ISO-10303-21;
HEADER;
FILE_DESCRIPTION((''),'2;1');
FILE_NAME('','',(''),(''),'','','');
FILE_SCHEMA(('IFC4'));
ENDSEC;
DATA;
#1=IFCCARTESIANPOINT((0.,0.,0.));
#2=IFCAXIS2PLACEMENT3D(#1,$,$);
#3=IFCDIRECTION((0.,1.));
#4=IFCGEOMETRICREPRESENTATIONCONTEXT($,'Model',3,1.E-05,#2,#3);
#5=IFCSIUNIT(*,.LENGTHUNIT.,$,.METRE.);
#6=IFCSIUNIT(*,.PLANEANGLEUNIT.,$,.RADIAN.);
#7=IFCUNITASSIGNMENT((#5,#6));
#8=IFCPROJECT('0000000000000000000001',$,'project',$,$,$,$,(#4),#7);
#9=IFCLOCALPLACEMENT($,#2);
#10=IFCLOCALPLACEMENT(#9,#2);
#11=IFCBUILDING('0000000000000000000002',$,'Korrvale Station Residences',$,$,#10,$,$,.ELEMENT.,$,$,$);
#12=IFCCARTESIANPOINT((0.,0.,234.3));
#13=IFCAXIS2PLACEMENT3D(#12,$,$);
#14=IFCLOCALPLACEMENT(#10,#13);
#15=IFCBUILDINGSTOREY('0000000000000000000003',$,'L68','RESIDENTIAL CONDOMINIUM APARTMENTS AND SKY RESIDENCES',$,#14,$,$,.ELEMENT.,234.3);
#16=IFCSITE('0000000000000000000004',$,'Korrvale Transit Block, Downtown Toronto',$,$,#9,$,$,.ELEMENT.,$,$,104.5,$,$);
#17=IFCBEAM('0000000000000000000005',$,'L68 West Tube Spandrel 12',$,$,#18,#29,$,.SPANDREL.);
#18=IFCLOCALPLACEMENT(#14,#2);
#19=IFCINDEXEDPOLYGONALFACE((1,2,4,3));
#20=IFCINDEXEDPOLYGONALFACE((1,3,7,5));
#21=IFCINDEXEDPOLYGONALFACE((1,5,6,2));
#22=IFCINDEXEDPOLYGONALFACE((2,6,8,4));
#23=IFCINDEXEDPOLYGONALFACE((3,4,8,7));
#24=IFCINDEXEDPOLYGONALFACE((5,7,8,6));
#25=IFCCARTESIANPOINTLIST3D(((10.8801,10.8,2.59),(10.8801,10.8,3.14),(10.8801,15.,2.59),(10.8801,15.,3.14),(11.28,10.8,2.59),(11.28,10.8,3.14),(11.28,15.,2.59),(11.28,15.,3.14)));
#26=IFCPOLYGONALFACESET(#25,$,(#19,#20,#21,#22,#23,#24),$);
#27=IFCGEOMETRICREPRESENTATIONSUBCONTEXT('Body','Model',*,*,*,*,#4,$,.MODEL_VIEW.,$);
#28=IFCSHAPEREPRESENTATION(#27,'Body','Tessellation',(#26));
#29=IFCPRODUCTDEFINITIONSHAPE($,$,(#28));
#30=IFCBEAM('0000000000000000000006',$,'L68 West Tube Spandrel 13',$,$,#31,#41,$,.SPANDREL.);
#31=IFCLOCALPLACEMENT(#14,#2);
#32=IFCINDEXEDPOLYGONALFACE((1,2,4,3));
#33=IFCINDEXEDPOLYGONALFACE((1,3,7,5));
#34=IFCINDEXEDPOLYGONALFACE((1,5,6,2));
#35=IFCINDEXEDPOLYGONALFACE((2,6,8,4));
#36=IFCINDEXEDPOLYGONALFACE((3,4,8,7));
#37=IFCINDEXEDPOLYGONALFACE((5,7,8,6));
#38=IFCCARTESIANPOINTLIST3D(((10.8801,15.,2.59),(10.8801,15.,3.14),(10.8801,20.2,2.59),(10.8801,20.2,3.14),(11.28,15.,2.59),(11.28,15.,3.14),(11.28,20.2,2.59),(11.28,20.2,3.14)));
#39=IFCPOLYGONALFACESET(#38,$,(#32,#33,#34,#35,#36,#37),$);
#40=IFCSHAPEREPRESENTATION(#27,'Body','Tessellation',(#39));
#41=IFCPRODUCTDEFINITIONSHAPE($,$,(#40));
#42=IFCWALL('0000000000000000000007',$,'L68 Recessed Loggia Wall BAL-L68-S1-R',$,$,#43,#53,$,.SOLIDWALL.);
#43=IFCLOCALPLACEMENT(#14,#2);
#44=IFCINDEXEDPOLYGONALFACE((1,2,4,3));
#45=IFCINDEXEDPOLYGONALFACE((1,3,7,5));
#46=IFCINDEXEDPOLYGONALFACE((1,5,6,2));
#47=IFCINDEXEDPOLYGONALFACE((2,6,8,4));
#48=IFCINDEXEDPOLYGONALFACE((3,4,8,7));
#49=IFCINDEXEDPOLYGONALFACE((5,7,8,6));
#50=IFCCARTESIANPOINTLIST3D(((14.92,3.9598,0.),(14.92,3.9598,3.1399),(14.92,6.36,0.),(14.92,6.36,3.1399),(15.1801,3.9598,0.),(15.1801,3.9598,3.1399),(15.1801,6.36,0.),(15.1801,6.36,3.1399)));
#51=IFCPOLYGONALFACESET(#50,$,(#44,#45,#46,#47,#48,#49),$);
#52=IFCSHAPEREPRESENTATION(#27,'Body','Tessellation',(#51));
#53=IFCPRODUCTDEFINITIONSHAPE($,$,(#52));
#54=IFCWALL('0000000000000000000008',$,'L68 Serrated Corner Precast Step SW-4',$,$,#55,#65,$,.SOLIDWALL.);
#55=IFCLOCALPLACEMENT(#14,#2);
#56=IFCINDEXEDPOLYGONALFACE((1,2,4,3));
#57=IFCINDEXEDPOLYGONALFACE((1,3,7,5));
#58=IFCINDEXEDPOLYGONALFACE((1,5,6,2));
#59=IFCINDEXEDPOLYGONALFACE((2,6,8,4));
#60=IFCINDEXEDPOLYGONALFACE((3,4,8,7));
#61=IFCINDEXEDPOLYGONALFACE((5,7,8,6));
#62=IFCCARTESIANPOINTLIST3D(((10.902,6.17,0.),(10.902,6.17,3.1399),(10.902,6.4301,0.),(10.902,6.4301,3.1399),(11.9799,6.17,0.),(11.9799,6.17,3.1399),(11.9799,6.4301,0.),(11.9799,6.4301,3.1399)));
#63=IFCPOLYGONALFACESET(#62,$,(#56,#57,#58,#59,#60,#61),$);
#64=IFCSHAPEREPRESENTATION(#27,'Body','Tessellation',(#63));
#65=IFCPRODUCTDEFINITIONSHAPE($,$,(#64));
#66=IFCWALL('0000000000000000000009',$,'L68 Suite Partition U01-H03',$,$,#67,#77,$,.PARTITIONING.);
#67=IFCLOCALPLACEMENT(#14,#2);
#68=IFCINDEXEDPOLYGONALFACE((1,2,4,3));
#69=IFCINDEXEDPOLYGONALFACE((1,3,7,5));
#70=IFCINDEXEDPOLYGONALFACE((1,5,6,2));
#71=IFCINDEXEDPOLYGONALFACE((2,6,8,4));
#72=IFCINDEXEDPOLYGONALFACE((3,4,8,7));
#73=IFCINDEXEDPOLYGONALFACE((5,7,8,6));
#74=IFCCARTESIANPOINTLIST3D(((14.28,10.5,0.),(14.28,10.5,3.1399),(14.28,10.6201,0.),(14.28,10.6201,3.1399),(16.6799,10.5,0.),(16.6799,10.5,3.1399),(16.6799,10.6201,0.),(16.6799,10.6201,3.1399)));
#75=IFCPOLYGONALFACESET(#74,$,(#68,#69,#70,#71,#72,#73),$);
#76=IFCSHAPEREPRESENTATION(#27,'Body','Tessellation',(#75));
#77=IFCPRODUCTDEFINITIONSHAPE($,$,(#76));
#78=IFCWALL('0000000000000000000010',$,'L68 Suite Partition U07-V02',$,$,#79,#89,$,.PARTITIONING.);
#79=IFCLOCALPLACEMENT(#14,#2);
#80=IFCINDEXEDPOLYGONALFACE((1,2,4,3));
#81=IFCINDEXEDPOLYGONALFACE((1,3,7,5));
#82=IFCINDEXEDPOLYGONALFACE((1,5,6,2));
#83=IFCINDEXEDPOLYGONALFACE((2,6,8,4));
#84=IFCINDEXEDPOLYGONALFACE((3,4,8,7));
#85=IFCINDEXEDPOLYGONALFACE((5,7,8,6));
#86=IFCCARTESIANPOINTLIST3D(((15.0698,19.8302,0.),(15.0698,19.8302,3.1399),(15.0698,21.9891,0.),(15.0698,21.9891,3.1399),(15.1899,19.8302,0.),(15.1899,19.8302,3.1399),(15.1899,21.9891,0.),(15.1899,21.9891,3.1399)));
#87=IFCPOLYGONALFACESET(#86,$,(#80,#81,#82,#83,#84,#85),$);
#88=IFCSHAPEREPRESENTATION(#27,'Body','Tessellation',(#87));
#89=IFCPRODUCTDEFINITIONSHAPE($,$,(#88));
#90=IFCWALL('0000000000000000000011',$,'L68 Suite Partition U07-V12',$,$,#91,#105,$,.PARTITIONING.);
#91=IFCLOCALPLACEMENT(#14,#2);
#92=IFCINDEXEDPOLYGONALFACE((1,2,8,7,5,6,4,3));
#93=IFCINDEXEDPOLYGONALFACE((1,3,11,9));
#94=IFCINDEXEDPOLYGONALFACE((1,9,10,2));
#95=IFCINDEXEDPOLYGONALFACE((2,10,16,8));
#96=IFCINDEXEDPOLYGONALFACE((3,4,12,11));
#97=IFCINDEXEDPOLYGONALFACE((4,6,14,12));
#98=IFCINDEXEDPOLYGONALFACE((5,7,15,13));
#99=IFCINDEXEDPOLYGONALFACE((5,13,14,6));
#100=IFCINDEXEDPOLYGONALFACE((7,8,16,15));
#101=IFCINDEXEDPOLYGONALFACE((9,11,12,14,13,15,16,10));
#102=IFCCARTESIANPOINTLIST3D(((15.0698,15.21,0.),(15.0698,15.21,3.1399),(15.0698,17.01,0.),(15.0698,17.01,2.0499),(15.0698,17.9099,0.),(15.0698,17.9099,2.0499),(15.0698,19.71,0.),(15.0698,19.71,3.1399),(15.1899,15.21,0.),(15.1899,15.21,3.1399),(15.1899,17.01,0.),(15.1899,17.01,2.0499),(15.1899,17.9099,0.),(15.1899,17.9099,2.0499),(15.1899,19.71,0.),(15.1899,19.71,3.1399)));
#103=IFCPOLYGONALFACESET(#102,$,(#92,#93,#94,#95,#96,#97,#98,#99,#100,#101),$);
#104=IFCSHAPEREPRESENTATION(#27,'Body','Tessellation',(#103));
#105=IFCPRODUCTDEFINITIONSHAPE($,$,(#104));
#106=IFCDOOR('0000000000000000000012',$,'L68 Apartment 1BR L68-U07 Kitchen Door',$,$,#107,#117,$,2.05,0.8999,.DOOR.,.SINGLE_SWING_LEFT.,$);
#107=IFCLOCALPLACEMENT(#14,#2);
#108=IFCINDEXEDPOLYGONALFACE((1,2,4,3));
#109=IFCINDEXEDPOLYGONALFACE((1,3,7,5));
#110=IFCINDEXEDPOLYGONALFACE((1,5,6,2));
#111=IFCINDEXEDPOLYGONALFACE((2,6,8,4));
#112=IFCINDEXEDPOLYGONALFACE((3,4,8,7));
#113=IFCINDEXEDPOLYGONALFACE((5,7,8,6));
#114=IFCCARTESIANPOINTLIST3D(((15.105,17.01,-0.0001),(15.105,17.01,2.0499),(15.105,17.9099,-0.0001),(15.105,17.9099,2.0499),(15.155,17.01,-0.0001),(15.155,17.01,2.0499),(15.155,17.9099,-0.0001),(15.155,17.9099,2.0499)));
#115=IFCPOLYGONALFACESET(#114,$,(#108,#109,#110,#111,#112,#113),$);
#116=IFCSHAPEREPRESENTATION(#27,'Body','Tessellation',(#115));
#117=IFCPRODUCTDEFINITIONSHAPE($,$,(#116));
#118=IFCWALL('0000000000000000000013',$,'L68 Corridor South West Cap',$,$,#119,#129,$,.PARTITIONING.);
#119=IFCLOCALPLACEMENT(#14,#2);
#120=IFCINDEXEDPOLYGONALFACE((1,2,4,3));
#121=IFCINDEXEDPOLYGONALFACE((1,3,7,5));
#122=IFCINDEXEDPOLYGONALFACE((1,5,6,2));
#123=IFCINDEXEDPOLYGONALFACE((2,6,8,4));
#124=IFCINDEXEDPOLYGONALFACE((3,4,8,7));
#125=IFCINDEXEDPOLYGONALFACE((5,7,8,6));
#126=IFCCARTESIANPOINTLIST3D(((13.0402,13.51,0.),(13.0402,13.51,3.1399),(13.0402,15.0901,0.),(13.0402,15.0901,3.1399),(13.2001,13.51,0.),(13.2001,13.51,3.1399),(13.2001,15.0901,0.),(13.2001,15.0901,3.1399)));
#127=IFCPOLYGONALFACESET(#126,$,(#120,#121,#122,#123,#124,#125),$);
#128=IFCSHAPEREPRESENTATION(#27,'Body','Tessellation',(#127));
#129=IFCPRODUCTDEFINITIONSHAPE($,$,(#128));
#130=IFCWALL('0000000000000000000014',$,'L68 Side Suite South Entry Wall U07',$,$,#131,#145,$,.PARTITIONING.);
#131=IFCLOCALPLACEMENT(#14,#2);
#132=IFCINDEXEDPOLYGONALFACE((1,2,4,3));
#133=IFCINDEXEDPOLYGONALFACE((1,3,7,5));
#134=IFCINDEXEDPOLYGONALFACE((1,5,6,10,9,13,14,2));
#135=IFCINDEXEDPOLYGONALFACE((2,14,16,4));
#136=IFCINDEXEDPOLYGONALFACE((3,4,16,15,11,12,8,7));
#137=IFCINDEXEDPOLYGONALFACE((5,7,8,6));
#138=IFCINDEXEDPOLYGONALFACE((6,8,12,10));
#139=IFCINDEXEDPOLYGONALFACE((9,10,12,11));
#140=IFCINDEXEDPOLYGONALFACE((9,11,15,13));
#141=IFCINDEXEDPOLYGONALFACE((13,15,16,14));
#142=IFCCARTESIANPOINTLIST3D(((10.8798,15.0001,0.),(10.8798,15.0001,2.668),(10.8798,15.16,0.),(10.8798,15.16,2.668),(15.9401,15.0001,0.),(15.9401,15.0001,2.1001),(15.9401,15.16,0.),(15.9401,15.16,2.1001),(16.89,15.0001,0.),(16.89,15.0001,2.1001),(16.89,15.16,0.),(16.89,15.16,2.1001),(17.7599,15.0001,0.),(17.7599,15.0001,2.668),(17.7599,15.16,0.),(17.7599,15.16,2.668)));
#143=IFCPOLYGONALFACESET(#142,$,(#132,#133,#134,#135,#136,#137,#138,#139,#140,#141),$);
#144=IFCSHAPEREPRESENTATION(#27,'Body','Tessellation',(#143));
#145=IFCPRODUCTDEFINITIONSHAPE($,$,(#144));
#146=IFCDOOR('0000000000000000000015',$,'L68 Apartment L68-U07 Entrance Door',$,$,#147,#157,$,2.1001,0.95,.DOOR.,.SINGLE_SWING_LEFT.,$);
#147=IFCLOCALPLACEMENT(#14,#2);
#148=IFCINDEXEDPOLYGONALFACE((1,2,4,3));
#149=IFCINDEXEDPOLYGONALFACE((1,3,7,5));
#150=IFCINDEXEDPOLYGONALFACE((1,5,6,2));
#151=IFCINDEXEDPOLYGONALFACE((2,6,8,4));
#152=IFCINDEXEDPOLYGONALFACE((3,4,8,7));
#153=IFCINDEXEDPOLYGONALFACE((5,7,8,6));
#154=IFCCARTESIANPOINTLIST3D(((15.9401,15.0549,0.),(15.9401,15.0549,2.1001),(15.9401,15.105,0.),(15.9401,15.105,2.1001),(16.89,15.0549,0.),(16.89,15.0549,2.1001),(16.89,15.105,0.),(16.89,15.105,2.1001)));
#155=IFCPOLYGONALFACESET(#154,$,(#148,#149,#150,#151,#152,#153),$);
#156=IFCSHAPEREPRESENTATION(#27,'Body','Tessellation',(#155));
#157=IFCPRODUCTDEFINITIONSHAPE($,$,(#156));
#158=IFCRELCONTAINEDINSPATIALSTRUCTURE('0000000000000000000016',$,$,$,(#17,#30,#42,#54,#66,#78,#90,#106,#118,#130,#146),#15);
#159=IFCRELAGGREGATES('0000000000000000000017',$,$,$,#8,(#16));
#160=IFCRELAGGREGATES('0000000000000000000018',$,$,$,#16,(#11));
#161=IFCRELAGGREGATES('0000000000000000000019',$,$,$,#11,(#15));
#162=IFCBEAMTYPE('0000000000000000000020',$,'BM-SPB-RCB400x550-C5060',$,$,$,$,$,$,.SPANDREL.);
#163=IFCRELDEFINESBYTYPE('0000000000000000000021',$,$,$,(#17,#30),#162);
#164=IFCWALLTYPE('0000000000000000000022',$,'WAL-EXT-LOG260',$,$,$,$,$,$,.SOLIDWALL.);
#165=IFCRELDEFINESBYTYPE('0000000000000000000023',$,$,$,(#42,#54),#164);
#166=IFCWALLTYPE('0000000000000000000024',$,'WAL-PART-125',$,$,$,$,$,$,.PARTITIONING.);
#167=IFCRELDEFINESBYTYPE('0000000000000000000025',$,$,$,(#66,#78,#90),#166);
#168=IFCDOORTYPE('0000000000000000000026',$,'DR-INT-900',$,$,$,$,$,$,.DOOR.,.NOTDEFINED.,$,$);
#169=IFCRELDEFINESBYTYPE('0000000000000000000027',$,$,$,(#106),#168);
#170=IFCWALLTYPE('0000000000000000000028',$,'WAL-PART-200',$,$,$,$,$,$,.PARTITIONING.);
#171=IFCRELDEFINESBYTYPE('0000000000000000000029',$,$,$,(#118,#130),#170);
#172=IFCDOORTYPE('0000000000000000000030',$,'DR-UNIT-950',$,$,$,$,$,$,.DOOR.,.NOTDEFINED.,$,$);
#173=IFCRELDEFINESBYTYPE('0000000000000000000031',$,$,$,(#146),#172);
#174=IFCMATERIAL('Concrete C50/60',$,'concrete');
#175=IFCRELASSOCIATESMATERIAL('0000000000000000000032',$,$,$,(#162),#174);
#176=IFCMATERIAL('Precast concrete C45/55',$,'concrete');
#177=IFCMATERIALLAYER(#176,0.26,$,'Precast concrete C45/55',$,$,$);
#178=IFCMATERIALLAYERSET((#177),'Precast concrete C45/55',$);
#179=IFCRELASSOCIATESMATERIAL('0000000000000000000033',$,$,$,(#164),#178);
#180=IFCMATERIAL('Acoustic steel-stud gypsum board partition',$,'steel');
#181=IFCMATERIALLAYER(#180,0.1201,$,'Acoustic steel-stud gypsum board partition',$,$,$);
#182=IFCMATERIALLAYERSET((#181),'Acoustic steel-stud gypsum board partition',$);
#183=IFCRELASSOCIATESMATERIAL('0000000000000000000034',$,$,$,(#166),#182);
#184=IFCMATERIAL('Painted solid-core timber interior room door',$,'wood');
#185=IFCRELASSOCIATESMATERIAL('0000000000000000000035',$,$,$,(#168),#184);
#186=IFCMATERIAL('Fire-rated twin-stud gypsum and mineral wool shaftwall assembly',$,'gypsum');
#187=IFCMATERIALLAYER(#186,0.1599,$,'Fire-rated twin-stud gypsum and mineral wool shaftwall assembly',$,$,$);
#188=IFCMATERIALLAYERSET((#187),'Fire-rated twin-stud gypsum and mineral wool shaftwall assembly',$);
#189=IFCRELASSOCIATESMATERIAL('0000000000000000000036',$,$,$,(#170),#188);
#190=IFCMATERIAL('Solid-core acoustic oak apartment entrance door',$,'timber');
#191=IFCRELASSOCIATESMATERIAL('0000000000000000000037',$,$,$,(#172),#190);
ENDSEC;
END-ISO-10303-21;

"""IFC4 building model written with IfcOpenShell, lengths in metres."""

from ifc_helpers import new_model, si_unit, direction, frame, frame_2d, origin, origin_2d, place, context, subcontext, project, spatial, rectangle, extrude, material, layer, layer_set, material_profile, profile_set, type_object, element, fill, save


model = new_model("IFC4")

# Units and contexts
model_context = context("Model", 3, precision=1e-05, world=origin(), true_north=direction((0.0, 1.0)))
body_context = subcontext(model_context, "Body", "Model", "MODEL_VIEW")
ifc_project = project(units=[si_unit("LENGTHUNIT", "METRE"), si_unit("PLANEANGLEUNIT", "RADIAN")], contexts=[model_context])

# Site, building, storey
site_placement = place(None, origin())
site = spatial("IfcSite", under=ifc_project, at=site_placement, Name="Korrvale Transit Block, Downtown Toronto", CompositionType="ELEMENT", RefElevation=104.5)
building_placement = place(site_placement, origin())
building = spatial("IfcBuilding", under=site, at=building_placement, Name="Korrvale Station Residences", CompositionType="ELEMENT")
storey_placement = place(building_placement, frame((0.0, 0.0, 234.3)))
storey = spatial("IfcBuildingStorey", under=building, at=storey_placement, Name="L68", Description="RESIDENTIAL CONDOMINIUM APARTMENTS AND SKY RESIDENCES", CompositionType="ELEMENT", Elevation=234.3)

# Shared definitions
ifc_material_1 = material(Name="Concrete C50/60", Category="concrete")

# Beams
ifc_material_profile_1 = material_profile(ifc_material_1, rectangle(XDim=0.3999, YDim=0.55, at=origin_2d()), Name="RCB400x550")
ifc_profile_set_1 = profile_set([ifc_material_profile_1], Name="Concrete C50/60")
beam_type_1 = type_object("IfcBeamType", Name="BM-SPB-RCB400x550-C5060", PredefinedType="SPANDREL", material=ifc_profile_set_1)
beam_1_placement = place(storey_placement, frame((11.0801, 10.8, 2.865), z_axis=(0.0, 1.0, 0.0), x_axis=(-1.0, 0.0, 0.0)))
element("IfcBeam", 1, at=beam_1_placement, inside=storey, type_object=beam_type_1, Name="L68 West Tube Spandrel 12", PredefinedType="SPANDREL", context=body_context, shape_type="SweptSolid", body=[
    extrude(rectangle(XDim=0.3999, YDim=0.55, at=origin_2d()), origin(), (0.0, 0.0, 1.0), 4.2),
])
beam_2_placement = place(storey_placement, frame((11.0801, 15.0, 2.865), z_axis=(0.0, 1.0, 0.0), x_axis=(-1.0, 0.0, 0.0)))
element("IfcBeam", 2, at=beam_2_placement, inside=storey, type_object=beam_type_1, Name="L68 West Tube Spandrel 13", PredefinedType="SPANDREL", context=body_context, shape_type="SweptSolid", body=[
    extrude(rectangle(XDim=0.3999, YDim=0.55, at=origin_2d()), origin(), (0.0, 0.0, 1.0), 5.2),
])

# Walls
ifc_material_2 = material(Name="Precast concrete C45/55", Category="concrete")
ifc_layer_1 = layer(ifc_material_2, 0.26, Name="Precast concrete C45/55")
ifc_layer_set_1 = layer_set([ifc_layer_1], Name="Precast concrete C45/55")
wall_type_1 = type_object("IfcWallType", Name="WAL-EXT-LOG260", PredefinedType="SOLIDWALL", material=ifc_layer_set_1)
wall_1_placement = place(storey_placement, frame((15.05, 6.3601, 0.0), z_axis=(0.0, 0.0, 1.0), x_axis=(0.0, -1.0, 0.0)))
element("IfcWall", 3, at=wall_1_placement, inside=storey, type_object=wall_type_1, Name="L68 Recessed Loggia Wall BAL-L68-S1-R", PredefinedType="SOLIDWALL", context=body_context, shape_type="SweptSolid", body=[
    extrude(rectangle(XDim=2.4001, YDim=0.26, at=frame_2d((1.2002, 0.0))), origin(), (0.0, 0.0, 1.0), 3.1399),
])
wall_2_placement = place(storey_placement, frame((11.98, 6.3, 0.0), z_axis=(0.0, 0.0, 1.0), x_axis=(-1.0, 0.0, 0.0)))
element("IfcWall", 4, at=wall_2_placement, inside=storey, type_object=wall_type_1, Name="L68 Serrated Corner Precast Step SW-4", PredefinedType="SOLIDWALL", context=body_context, shape_type="SweptSolid", body=[
    extrude(rectangle(XDim=1.0779, YDim=0.26, at=frame_2d((0.5391, 0.0))), origin(), (0.0, 0.0, 1.0), 3.1399),
])
ifc_material_3 = material(Name="Acoustic steel-stud gypsum board partition", Category="steel")
ifc_layer_2 = layer(ifc_material_3, 0.1201, Name="Acoustic steel-stud gypsum board partition")
ifc_layer_set_2 = layer_set([ifc_layer_2], Name="Acoustic steel-stud gypsum board partition")
wall_type_2 = type_object("IfcWallType", Name="WAL-PART-125", PredefinedType="PARTITIONING", material=ifc_layer_set_2)
wall_3_placement = place(storey_placement, frame((14.28, 10.5601, 0.0), z_axis=(0.0, 0.0, 1.0), x_axis=(1.0, 0.0, 0.0)))
element("IfcWall", 5, at=wall_3_placement, inside=storey, type_object=wall_type_2, Name="L68 Suite Partition U01-H03", PredefinedType="PARTITIONING", context=body_context, shape_type="SweptSolid", body=[
    extrude(rectangle(XDim=2.3999, YDim=0.1201, at=frame_2d((1.2, 0.0))), origin(), (0.0, 0.0, 1.0), 3.1399),
])
wall_4_placement = place(storey_placement, frame((15.1299, 19.8301, 0.0), z_axis=(0.0, 0.0, 1.0), x_axis=(0.0, 1.0, 0.0)))
element("IfcWall", 6, at=wall_4_placement, inside=storey, type_object=wall_type_2, Name="L68 Suite Partition U07-V02", PredefinedType="PARTITIONING", context=body_context, shape_type="SweptSolid", body=[
    extrude(rectangle(XDim=2.1589, YDim=0.1201, at=frame_2d((1.0796, 0.0))), origin(), (0.0, 0.0, 1.0), 3.1399),
])

# Wall, opening, door
wall_5_placement = place(storey_placement, frame((15.1299, 15.21, 0.0), z_axis=(0.0, 0.0, 1.0), x_axis=(0.0, 1.0, 0.0)))
wall_5 = element("IfcWall", 7, at=wall_5_placement, inside=storey, type_object=wall_type_2, Name="L68 Suite Partition U07-V12", PredefinedType="PARTITIONING", context=body_context, shape_type="SweptSolid", body=[
    extrude(rectangle(XDim=4.5, YDim=0.1201, at=frame_2d((2.25, 0.0))), origin(), (0.0, 0.0, 1.0), 3.1399),
])
opening_1_placement = place(wall_5_placement, frame((1.8, 0.0, 0.0)))
opening_1 = element("IfcOpeningElement", 8, at=opening_1_placement, cuts=wall_5, PredefinedType="OPENING", context=body_context, shape_type="SweptSolid", body=[
    extrude(rectangle(XDim=0.8999, YDim=2.05, at=frame_2d((0.45, 1.0249))), frame((0.0, 0.0701, 0.0), z_axis=(0.0, -1.0, 0.0), x_axis=(1.0, 0.0, 0.0)), (0.0, 0.0, 1.0), 0.1401),
])
ifc_material_4 = material(Name="Painted solid-core timber interior room door", Category="wood")
door_type_1 = type_object("IfcDoorType", Name="DR-INT-900", OperationType="NOTDEFINED", PredefinedType="DOOR", material=ifc_material_4)
door_1_placement = place(opening_1_placement, origin())
door_1 = element("IfcDoor", 9, at=door_1_placement, inside=storey, type_object=door_type_1, Name="L68 Apartment 1BR L68-U07 Kitchen Door", OperationType="SINGLE_SWING_LEFT", OverallHeight=2.05, OverallWidth=0.8999, PredefinedType="DOOR", context=body_context, shape_type="SweptSolid", body=[
    extrude(rectangle(XDim=0.8999, YDim=2.05, at=frame_2d((0.45, 1.0249))), frame((0.0, 0.0249, 0.0), z_axis=(0.0, -1.0, 0.0), x_axis=(1.0, 0.0, 0.0)), (0.0, 0.0, 1.0), 0.05),
])
fill(opening_1, door_1)

# Wall
ifc_material_5 = material(Name="Fire-rated twin-stud gypsum and mineral wool shaftwall assembly", Category="gypsum")
ifc_layer_3 = layer(ifc_material_5, 0.1599, Name="Fire-rated twin-stud gypsum and mineral wool shaftwall assembly")
ifc_layer_set_3 = layer_set([ifc_layer_3], Name="Fire-rated twin-stud gypsum and mineral wool shaftwall assembly")
wall_type_3 = type_object("IfcWallType", Name="WAL-PART-200", PredefinedType="PARTITIONING", material=ifc_layer_set_3)
wall_6_placement = place(storey_placement, frame((13.1201, 13.51, 0.0), z_axis=(0.0, 0.0, 1.0), x_axis=(0.0, 1.0, 0.0)))
element("IfcWall", 10, at=wall_6_placement, inside=storey, type_object=wall_type_3, Name="L68 Corridor South West Cap", PredefinedType="PARTITIONING", context=body_context, shape_type="SweptSolid", body=[
    extrude(rectangle(XDim=1.5801, YDim=0.1599, at=frame_2d((0.79, 0.0))), origin(), (0.0, 0.0, 1.0), 3.1399),
])

# Wall, opening, door
wall_7_placement = place(storey_placement, frame((10.8799, 15.0801, 0.0), z_axis=(0.0, 0.0, 1.0), x_axis=(1.0, 0.0, 0.0)))
wall_7 = element("IfcWall", 11, at=wall_7_placement, inside=storey, type_object=wall_type_3, Name="L68 Side Suite South Entry Wall U07", PredefinedType="PARTITIONING", context=body_context, shape_type="SweptSolid", body=[
    extrude(rectangle(XDim=6.8801, YDim=0.1599, at=frame_2d((3.4399, 0.0))), origin(), (0.0, 0.0, 1.0), 2.668),
])
opening_2_placement = place(wall_7_placement, frame((5.0601, 0.0, 0.0)))
opening_2 = element("IfcOpeningElement", 12, at=opening_2_placement, cuts=wall_7, PredefinedType="OPENING", context=body_context, shape_type="SweptSolid", body=[
    extrude(rectangle(XDim=0.95, YDim=2.1001, at=frame_2d((0.4751, 1.05))), frame((0.0, 0.0898, 0.0), z_axis=(0.0, -1.0, 0.0), x_axis=(1.0, 0.0, 0.0)), (0.0, 0.0, 1.0), 0.1799),
])
ifc_material_6 = material(Name="Solid-core acoustic oak apartment entrance door", Category="timber")
door_type_2 = type_object("IfcDoorType", Name="DR-UNIT-950", OperationType="NOTDEFINED", PredefinedType="DOOR", material=ifc_material_6)
door_2_placement = place(opening_2_placement, origin())
door_2 = element("IfcDoor", 13, at=door_2_placement, inside=storey, type_object=door_type_2, Name="L68 Apartment L68-U07 Entrance Door", OperationType="SINGLE_SWING_LEFT", OverallHeight=2.1001, OverallWidth=0.95, PredefinedType="DOOR", context=body_context, shape_type="SweptSolid", body=[
    extrude(rectangle(XDim=0.95, YDim=2.1001, at=frame_2d((0.4751, 1.05))), frame((0.0, 0.0249, 0.0), z_axis=(0.0, -1.0, 0.0), x_axis=(1.0, 0.0, 0.0)), (0.0, 0.0, 1.0), 0.05),
])
fill(opening_2, door_2)

save(model, "model.ifc")
